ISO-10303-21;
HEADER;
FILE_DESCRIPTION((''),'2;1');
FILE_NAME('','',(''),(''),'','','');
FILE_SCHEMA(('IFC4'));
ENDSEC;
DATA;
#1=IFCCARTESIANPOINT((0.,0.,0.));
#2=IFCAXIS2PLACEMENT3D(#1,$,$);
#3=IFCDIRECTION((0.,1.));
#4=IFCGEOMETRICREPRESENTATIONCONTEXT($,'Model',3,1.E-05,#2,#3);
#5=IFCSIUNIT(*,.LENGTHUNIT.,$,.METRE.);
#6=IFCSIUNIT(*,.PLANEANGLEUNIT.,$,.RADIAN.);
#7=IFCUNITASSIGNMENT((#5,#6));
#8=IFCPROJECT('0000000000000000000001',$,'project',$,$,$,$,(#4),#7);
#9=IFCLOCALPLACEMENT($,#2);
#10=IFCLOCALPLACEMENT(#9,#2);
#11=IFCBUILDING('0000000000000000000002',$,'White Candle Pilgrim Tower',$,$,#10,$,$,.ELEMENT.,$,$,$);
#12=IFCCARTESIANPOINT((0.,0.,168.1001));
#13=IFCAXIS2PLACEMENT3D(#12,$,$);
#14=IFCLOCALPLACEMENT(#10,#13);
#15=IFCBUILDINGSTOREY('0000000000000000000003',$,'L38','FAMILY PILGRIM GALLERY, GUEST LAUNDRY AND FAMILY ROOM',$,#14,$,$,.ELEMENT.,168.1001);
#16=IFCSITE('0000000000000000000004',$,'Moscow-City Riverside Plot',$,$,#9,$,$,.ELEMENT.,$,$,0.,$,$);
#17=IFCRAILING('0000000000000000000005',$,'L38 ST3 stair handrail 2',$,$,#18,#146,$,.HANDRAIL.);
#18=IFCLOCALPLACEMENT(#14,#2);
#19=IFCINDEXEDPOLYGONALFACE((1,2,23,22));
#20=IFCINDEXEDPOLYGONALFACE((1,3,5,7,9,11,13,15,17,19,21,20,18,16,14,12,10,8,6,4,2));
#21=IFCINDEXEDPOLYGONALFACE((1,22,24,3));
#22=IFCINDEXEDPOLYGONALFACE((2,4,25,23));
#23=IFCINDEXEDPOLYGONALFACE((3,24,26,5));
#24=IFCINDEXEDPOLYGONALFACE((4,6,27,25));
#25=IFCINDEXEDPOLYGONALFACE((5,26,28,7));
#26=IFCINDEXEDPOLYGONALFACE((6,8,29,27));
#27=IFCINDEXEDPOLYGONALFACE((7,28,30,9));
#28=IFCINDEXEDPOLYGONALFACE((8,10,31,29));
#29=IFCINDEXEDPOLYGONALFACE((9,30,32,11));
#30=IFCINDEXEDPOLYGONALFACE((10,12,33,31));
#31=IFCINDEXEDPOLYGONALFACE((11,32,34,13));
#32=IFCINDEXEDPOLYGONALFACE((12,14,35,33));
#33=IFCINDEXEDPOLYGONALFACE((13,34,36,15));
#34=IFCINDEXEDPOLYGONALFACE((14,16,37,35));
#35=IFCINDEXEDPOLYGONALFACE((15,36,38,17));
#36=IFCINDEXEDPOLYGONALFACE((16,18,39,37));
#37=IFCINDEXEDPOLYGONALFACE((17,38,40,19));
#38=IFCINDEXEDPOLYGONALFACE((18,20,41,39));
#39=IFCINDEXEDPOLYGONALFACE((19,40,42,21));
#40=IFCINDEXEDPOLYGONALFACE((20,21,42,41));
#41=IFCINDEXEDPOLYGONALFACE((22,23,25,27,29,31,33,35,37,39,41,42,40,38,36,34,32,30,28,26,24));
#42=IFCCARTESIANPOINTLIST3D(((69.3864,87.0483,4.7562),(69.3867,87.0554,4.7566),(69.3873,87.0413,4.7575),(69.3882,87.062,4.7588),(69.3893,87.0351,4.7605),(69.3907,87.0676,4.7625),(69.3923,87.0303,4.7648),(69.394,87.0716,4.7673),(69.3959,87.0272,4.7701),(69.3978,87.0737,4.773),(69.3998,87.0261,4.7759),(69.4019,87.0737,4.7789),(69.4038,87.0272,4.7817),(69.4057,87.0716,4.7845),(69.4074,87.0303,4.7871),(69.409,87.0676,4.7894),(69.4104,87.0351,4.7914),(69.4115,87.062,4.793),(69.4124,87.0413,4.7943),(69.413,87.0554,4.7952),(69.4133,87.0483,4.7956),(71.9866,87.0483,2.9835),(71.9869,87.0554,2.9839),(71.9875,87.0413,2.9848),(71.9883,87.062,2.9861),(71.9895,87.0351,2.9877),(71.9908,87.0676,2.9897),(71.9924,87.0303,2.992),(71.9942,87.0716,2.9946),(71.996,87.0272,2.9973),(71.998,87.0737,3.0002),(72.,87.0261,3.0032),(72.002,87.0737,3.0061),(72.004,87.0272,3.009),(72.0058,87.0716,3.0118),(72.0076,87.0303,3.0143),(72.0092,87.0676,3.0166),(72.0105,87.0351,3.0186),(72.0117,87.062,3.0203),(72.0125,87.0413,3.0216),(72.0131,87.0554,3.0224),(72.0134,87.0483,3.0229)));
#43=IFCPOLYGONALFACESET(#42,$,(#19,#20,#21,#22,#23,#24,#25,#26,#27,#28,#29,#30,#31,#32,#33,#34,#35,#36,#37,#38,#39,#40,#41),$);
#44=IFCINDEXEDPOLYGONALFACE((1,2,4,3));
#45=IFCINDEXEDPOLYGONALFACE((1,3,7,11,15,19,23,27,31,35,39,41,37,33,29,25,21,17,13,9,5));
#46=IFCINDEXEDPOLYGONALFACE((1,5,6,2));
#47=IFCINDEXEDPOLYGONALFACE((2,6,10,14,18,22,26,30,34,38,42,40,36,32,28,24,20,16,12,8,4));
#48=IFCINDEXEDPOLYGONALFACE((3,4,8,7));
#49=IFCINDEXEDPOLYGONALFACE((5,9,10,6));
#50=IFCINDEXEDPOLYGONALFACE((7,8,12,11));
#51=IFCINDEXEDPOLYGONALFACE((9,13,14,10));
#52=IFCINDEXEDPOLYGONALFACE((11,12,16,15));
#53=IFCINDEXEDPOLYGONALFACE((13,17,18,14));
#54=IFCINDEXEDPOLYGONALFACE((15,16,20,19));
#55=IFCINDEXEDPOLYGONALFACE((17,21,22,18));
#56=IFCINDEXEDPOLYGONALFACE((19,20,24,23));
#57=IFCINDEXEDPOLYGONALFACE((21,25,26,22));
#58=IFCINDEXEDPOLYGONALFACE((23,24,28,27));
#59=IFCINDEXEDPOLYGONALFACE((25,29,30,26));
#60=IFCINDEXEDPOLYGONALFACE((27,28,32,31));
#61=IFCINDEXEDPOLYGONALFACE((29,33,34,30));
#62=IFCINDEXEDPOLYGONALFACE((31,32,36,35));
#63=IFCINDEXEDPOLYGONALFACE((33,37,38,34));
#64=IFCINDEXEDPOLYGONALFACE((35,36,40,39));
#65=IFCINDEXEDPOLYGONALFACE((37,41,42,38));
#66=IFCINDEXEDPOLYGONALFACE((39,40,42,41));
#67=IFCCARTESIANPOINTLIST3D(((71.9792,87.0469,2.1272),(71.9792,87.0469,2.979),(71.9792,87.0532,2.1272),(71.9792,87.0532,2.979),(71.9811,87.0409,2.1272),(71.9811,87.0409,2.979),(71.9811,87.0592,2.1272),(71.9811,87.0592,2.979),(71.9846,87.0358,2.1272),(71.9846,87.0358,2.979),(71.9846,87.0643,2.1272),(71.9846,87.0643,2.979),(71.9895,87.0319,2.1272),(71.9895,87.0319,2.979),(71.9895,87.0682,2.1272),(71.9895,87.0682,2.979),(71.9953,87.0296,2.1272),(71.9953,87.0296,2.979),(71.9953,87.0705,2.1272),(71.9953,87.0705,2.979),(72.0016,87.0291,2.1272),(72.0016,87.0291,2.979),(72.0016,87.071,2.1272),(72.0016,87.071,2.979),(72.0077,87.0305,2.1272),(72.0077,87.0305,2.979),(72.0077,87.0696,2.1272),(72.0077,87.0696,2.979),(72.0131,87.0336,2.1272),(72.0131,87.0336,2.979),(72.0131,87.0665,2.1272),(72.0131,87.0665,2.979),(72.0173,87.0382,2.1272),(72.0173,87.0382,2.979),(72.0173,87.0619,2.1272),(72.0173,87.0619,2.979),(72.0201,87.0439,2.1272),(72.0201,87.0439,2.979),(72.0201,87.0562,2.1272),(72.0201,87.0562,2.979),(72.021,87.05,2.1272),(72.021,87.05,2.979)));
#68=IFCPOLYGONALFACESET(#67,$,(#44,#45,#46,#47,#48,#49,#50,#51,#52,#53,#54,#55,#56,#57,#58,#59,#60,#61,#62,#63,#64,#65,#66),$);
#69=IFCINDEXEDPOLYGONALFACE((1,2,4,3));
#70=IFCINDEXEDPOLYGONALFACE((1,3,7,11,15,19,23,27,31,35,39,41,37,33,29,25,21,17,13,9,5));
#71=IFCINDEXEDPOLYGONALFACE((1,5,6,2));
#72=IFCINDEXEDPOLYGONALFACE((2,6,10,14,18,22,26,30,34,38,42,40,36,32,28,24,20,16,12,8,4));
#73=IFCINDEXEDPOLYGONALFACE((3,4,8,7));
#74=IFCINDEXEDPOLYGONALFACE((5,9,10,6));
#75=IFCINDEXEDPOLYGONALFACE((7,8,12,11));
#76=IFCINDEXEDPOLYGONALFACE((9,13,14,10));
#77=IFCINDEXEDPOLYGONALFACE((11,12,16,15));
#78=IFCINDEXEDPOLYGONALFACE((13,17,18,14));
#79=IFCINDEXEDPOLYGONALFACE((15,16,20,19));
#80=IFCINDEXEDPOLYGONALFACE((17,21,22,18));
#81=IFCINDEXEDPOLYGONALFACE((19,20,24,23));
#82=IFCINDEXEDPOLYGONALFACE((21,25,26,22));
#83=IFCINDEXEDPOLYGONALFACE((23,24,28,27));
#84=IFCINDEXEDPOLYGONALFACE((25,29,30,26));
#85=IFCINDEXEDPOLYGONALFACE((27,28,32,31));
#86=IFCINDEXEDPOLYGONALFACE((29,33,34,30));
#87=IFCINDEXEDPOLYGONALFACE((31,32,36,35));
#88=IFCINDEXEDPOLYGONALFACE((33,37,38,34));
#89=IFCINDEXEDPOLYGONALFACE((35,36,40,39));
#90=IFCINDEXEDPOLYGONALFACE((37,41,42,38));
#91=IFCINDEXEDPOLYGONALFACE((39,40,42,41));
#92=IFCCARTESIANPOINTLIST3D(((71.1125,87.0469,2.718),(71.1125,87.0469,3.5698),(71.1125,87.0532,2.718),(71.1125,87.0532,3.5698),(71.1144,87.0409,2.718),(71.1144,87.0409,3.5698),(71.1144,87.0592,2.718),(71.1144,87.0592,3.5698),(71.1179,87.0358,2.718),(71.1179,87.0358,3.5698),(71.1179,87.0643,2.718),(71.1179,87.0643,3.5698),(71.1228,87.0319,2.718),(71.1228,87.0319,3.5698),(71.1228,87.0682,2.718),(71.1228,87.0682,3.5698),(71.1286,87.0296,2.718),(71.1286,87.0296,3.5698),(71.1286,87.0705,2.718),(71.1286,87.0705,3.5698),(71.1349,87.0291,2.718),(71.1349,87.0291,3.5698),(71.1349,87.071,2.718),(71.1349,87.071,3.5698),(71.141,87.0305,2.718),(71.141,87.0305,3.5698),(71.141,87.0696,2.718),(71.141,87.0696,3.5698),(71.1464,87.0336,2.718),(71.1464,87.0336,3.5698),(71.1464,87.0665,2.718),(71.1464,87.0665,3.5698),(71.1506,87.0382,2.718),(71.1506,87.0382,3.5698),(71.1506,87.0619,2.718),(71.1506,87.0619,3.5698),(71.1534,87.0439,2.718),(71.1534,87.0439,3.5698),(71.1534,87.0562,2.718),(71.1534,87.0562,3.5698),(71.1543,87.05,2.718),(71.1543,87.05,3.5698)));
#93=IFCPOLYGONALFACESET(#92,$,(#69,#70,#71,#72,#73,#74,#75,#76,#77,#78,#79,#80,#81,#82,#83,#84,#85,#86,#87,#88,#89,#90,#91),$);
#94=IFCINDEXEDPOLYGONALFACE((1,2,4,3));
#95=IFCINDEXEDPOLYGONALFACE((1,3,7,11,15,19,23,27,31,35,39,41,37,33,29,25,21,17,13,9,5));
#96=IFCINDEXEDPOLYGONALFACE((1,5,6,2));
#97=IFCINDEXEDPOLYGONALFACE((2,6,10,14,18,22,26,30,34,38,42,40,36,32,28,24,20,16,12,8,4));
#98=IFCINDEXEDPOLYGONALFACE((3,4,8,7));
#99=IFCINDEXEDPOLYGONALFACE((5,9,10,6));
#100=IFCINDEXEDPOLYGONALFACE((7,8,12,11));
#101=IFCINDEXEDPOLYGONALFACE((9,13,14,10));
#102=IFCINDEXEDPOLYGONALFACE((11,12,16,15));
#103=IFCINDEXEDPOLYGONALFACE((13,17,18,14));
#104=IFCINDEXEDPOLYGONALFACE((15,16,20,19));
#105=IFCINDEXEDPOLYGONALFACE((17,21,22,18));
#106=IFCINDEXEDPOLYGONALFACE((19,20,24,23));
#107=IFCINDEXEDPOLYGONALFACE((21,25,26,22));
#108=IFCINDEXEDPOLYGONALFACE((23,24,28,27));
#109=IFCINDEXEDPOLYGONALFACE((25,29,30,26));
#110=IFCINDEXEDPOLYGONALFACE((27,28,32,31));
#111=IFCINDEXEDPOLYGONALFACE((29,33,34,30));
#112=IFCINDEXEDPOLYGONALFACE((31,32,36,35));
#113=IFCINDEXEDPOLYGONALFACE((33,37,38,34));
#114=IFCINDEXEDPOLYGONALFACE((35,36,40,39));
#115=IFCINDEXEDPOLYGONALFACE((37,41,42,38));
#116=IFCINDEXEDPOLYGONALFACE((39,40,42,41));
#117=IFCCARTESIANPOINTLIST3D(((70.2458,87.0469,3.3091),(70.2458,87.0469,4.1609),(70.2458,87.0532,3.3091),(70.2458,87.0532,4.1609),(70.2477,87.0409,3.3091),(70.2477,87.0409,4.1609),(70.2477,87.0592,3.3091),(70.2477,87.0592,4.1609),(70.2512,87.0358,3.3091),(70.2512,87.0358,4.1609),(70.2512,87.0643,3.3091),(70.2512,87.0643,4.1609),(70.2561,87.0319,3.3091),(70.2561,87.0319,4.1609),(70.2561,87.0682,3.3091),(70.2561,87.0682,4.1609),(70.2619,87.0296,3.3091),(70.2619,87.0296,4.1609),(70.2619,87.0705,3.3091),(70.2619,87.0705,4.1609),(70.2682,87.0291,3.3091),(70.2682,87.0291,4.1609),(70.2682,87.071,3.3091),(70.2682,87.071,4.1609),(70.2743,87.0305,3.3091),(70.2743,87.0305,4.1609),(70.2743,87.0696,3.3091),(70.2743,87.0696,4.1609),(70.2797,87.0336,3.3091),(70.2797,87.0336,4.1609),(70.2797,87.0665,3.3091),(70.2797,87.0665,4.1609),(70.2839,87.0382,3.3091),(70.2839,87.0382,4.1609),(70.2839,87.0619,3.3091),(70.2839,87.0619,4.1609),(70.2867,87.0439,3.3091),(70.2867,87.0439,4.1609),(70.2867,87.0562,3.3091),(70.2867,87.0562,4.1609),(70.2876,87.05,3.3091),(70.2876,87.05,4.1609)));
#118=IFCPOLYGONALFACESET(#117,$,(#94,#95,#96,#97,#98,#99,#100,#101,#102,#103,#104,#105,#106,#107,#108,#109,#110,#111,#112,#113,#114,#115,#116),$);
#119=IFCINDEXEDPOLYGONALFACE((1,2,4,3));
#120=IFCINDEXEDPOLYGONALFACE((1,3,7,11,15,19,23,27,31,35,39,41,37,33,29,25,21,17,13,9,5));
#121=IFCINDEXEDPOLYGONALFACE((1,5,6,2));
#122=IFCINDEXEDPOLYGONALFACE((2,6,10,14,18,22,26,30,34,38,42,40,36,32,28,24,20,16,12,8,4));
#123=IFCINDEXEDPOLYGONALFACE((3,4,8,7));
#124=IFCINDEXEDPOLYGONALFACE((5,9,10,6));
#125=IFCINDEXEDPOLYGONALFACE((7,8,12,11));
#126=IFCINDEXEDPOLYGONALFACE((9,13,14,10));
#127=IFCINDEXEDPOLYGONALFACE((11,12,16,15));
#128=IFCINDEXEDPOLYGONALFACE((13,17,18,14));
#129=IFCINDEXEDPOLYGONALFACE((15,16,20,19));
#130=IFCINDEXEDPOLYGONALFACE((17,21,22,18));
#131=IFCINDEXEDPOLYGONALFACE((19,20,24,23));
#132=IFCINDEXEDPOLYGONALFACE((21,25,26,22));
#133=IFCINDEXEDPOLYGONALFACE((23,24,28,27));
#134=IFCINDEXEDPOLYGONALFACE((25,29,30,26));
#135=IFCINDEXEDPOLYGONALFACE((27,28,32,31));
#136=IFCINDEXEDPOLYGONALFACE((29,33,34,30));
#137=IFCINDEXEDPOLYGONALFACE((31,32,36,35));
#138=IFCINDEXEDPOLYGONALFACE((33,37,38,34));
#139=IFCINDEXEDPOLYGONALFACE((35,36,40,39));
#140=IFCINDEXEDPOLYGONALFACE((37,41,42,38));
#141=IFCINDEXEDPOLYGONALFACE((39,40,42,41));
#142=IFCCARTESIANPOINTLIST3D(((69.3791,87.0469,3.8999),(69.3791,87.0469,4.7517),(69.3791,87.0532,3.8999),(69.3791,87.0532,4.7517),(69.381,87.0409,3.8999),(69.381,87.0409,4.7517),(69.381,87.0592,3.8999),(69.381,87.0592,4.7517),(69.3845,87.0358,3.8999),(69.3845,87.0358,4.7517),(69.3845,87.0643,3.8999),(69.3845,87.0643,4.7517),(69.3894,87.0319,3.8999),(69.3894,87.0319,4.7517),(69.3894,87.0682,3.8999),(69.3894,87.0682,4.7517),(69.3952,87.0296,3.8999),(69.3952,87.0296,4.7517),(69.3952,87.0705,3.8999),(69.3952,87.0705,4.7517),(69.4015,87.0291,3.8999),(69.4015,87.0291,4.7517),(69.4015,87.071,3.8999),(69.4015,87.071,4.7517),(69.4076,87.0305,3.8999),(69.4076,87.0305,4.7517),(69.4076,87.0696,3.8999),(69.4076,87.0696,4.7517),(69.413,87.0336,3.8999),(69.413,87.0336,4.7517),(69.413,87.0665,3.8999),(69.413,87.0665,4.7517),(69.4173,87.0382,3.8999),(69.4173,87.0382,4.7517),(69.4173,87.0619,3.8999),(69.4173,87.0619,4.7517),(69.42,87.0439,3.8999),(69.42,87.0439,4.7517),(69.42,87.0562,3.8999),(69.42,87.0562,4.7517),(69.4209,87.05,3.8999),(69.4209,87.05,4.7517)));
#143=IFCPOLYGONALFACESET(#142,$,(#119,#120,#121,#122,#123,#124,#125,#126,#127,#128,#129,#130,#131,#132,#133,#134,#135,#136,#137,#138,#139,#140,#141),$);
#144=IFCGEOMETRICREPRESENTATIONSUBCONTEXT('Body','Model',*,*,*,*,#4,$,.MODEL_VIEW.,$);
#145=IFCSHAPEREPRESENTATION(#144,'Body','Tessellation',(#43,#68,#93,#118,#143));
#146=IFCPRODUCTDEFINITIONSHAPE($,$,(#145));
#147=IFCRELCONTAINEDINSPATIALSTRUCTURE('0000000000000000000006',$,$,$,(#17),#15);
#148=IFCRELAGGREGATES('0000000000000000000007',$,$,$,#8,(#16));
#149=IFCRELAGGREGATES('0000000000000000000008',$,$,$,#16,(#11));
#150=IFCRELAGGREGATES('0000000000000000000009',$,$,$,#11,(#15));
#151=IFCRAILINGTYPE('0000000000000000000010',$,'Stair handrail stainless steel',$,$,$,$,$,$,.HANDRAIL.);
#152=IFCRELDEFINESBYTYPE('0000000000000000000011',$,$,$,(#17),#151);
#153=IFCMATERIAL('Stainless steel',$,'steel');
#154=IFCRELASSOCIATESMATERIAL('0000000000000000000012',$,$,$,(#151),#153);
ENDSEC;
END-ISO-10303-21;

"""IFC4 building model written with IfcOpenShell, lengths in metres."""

from ifc_helpers import new_model, si_unit, direction, frame, origin, origin_2d, place, context, subcontext, project, spatial, circle, extrude, material, type_object, element, save


model = new_model("IFC4")

# Units and contexts
model_context = context("Model", 3, precision=1e-05, world=origin(), true_north=direction((0.0, 1.0)))
body_context = subcontext(model_context, "Body", "Model", "MODEL_VIEW")
ifc_project = project(units=[si_unit("LENGTHUNIT", "METRE"), si_unit("PLANEANGLEUNIT", "RADIAN")], contexts=[model_context])

# Site, building, storey
site_placement = place(None, origin())
site = spatial("IfcSite", under=ifc_project, at=site_placement, Name="Moscow-City Riverside Plot", CompositionType="ELEMENT", RefElevation=0.0)
building_placement = place(site_placement, origin())
building = spatial("IfcBuilding", under=site, at=building_placement, Name="White Candle Pilgrim Tower", CompositionType="ELEMENT")
storey_placement = place(building_placement, frame((0.0, 0.0, 168.1001)))
storey = spatial("IfcBuildingStorey", under=building, at=storey_placement, Name="L38", Description="FAMILY PILGRIM GALLERY, GUEST LAUNDRY AND FAMILY ROOM", CompositionType="ELEMENT", Elevation=168.1001)

# Shared definitions
ifc_material_1 = material(Name="Stainless steel", Category="steel")

# Railing
railing_type_1 = type_object("IfcRailingType", Name="Stair handrail stainless steel", PredefinedType="HANDRAIL", material=ifc_material_1)
railing_1_placement = place(storey_placement, frame((72.0, 87.05, 2.1272)))
element("IfcRailing", 1, at=railing_1_placement, inside=storey, type_object=railing_type_1, Name="L38 ST3 stair handrail 2", PredefinedType="HANDRAIL", context=body_context, shape_type="SweptSolid", body=[
    extrude(circle(Radius=0.0239, at=origin_2d()), frame((0.0, 0.0, 0.876), z_axis=(-0.82624, 0.0, 0.563318), x_axis=(0.0, -1.0, 0.0)), (0.0, 0.0, 1.0), 3.147),
    extrude(circle(Radius=0.021, at=origin_2d()), origin(), (0.0, 0.0, 1.0), 0.8518),
    extrude(circle(Radius=0.021, at=origin_2d()), frame((-0.8667, 0.0, 0.5908)), (0.0, 0.0, 1.0), 0.8518),
    extrude(circle(Radius=0.021, at=origin_2d()), frame((-1.7334, 0.0, 1.1819)), (0.0, 0.0, 1.0), 0.8518),
    extrude(circle(Radius=0.021, at=origin_2d()), frame((-2.6001, 0.0, 1.7727)), (0.0, 0.0, 1.0), 0.8518),
])

save(model, "model.ifc")
